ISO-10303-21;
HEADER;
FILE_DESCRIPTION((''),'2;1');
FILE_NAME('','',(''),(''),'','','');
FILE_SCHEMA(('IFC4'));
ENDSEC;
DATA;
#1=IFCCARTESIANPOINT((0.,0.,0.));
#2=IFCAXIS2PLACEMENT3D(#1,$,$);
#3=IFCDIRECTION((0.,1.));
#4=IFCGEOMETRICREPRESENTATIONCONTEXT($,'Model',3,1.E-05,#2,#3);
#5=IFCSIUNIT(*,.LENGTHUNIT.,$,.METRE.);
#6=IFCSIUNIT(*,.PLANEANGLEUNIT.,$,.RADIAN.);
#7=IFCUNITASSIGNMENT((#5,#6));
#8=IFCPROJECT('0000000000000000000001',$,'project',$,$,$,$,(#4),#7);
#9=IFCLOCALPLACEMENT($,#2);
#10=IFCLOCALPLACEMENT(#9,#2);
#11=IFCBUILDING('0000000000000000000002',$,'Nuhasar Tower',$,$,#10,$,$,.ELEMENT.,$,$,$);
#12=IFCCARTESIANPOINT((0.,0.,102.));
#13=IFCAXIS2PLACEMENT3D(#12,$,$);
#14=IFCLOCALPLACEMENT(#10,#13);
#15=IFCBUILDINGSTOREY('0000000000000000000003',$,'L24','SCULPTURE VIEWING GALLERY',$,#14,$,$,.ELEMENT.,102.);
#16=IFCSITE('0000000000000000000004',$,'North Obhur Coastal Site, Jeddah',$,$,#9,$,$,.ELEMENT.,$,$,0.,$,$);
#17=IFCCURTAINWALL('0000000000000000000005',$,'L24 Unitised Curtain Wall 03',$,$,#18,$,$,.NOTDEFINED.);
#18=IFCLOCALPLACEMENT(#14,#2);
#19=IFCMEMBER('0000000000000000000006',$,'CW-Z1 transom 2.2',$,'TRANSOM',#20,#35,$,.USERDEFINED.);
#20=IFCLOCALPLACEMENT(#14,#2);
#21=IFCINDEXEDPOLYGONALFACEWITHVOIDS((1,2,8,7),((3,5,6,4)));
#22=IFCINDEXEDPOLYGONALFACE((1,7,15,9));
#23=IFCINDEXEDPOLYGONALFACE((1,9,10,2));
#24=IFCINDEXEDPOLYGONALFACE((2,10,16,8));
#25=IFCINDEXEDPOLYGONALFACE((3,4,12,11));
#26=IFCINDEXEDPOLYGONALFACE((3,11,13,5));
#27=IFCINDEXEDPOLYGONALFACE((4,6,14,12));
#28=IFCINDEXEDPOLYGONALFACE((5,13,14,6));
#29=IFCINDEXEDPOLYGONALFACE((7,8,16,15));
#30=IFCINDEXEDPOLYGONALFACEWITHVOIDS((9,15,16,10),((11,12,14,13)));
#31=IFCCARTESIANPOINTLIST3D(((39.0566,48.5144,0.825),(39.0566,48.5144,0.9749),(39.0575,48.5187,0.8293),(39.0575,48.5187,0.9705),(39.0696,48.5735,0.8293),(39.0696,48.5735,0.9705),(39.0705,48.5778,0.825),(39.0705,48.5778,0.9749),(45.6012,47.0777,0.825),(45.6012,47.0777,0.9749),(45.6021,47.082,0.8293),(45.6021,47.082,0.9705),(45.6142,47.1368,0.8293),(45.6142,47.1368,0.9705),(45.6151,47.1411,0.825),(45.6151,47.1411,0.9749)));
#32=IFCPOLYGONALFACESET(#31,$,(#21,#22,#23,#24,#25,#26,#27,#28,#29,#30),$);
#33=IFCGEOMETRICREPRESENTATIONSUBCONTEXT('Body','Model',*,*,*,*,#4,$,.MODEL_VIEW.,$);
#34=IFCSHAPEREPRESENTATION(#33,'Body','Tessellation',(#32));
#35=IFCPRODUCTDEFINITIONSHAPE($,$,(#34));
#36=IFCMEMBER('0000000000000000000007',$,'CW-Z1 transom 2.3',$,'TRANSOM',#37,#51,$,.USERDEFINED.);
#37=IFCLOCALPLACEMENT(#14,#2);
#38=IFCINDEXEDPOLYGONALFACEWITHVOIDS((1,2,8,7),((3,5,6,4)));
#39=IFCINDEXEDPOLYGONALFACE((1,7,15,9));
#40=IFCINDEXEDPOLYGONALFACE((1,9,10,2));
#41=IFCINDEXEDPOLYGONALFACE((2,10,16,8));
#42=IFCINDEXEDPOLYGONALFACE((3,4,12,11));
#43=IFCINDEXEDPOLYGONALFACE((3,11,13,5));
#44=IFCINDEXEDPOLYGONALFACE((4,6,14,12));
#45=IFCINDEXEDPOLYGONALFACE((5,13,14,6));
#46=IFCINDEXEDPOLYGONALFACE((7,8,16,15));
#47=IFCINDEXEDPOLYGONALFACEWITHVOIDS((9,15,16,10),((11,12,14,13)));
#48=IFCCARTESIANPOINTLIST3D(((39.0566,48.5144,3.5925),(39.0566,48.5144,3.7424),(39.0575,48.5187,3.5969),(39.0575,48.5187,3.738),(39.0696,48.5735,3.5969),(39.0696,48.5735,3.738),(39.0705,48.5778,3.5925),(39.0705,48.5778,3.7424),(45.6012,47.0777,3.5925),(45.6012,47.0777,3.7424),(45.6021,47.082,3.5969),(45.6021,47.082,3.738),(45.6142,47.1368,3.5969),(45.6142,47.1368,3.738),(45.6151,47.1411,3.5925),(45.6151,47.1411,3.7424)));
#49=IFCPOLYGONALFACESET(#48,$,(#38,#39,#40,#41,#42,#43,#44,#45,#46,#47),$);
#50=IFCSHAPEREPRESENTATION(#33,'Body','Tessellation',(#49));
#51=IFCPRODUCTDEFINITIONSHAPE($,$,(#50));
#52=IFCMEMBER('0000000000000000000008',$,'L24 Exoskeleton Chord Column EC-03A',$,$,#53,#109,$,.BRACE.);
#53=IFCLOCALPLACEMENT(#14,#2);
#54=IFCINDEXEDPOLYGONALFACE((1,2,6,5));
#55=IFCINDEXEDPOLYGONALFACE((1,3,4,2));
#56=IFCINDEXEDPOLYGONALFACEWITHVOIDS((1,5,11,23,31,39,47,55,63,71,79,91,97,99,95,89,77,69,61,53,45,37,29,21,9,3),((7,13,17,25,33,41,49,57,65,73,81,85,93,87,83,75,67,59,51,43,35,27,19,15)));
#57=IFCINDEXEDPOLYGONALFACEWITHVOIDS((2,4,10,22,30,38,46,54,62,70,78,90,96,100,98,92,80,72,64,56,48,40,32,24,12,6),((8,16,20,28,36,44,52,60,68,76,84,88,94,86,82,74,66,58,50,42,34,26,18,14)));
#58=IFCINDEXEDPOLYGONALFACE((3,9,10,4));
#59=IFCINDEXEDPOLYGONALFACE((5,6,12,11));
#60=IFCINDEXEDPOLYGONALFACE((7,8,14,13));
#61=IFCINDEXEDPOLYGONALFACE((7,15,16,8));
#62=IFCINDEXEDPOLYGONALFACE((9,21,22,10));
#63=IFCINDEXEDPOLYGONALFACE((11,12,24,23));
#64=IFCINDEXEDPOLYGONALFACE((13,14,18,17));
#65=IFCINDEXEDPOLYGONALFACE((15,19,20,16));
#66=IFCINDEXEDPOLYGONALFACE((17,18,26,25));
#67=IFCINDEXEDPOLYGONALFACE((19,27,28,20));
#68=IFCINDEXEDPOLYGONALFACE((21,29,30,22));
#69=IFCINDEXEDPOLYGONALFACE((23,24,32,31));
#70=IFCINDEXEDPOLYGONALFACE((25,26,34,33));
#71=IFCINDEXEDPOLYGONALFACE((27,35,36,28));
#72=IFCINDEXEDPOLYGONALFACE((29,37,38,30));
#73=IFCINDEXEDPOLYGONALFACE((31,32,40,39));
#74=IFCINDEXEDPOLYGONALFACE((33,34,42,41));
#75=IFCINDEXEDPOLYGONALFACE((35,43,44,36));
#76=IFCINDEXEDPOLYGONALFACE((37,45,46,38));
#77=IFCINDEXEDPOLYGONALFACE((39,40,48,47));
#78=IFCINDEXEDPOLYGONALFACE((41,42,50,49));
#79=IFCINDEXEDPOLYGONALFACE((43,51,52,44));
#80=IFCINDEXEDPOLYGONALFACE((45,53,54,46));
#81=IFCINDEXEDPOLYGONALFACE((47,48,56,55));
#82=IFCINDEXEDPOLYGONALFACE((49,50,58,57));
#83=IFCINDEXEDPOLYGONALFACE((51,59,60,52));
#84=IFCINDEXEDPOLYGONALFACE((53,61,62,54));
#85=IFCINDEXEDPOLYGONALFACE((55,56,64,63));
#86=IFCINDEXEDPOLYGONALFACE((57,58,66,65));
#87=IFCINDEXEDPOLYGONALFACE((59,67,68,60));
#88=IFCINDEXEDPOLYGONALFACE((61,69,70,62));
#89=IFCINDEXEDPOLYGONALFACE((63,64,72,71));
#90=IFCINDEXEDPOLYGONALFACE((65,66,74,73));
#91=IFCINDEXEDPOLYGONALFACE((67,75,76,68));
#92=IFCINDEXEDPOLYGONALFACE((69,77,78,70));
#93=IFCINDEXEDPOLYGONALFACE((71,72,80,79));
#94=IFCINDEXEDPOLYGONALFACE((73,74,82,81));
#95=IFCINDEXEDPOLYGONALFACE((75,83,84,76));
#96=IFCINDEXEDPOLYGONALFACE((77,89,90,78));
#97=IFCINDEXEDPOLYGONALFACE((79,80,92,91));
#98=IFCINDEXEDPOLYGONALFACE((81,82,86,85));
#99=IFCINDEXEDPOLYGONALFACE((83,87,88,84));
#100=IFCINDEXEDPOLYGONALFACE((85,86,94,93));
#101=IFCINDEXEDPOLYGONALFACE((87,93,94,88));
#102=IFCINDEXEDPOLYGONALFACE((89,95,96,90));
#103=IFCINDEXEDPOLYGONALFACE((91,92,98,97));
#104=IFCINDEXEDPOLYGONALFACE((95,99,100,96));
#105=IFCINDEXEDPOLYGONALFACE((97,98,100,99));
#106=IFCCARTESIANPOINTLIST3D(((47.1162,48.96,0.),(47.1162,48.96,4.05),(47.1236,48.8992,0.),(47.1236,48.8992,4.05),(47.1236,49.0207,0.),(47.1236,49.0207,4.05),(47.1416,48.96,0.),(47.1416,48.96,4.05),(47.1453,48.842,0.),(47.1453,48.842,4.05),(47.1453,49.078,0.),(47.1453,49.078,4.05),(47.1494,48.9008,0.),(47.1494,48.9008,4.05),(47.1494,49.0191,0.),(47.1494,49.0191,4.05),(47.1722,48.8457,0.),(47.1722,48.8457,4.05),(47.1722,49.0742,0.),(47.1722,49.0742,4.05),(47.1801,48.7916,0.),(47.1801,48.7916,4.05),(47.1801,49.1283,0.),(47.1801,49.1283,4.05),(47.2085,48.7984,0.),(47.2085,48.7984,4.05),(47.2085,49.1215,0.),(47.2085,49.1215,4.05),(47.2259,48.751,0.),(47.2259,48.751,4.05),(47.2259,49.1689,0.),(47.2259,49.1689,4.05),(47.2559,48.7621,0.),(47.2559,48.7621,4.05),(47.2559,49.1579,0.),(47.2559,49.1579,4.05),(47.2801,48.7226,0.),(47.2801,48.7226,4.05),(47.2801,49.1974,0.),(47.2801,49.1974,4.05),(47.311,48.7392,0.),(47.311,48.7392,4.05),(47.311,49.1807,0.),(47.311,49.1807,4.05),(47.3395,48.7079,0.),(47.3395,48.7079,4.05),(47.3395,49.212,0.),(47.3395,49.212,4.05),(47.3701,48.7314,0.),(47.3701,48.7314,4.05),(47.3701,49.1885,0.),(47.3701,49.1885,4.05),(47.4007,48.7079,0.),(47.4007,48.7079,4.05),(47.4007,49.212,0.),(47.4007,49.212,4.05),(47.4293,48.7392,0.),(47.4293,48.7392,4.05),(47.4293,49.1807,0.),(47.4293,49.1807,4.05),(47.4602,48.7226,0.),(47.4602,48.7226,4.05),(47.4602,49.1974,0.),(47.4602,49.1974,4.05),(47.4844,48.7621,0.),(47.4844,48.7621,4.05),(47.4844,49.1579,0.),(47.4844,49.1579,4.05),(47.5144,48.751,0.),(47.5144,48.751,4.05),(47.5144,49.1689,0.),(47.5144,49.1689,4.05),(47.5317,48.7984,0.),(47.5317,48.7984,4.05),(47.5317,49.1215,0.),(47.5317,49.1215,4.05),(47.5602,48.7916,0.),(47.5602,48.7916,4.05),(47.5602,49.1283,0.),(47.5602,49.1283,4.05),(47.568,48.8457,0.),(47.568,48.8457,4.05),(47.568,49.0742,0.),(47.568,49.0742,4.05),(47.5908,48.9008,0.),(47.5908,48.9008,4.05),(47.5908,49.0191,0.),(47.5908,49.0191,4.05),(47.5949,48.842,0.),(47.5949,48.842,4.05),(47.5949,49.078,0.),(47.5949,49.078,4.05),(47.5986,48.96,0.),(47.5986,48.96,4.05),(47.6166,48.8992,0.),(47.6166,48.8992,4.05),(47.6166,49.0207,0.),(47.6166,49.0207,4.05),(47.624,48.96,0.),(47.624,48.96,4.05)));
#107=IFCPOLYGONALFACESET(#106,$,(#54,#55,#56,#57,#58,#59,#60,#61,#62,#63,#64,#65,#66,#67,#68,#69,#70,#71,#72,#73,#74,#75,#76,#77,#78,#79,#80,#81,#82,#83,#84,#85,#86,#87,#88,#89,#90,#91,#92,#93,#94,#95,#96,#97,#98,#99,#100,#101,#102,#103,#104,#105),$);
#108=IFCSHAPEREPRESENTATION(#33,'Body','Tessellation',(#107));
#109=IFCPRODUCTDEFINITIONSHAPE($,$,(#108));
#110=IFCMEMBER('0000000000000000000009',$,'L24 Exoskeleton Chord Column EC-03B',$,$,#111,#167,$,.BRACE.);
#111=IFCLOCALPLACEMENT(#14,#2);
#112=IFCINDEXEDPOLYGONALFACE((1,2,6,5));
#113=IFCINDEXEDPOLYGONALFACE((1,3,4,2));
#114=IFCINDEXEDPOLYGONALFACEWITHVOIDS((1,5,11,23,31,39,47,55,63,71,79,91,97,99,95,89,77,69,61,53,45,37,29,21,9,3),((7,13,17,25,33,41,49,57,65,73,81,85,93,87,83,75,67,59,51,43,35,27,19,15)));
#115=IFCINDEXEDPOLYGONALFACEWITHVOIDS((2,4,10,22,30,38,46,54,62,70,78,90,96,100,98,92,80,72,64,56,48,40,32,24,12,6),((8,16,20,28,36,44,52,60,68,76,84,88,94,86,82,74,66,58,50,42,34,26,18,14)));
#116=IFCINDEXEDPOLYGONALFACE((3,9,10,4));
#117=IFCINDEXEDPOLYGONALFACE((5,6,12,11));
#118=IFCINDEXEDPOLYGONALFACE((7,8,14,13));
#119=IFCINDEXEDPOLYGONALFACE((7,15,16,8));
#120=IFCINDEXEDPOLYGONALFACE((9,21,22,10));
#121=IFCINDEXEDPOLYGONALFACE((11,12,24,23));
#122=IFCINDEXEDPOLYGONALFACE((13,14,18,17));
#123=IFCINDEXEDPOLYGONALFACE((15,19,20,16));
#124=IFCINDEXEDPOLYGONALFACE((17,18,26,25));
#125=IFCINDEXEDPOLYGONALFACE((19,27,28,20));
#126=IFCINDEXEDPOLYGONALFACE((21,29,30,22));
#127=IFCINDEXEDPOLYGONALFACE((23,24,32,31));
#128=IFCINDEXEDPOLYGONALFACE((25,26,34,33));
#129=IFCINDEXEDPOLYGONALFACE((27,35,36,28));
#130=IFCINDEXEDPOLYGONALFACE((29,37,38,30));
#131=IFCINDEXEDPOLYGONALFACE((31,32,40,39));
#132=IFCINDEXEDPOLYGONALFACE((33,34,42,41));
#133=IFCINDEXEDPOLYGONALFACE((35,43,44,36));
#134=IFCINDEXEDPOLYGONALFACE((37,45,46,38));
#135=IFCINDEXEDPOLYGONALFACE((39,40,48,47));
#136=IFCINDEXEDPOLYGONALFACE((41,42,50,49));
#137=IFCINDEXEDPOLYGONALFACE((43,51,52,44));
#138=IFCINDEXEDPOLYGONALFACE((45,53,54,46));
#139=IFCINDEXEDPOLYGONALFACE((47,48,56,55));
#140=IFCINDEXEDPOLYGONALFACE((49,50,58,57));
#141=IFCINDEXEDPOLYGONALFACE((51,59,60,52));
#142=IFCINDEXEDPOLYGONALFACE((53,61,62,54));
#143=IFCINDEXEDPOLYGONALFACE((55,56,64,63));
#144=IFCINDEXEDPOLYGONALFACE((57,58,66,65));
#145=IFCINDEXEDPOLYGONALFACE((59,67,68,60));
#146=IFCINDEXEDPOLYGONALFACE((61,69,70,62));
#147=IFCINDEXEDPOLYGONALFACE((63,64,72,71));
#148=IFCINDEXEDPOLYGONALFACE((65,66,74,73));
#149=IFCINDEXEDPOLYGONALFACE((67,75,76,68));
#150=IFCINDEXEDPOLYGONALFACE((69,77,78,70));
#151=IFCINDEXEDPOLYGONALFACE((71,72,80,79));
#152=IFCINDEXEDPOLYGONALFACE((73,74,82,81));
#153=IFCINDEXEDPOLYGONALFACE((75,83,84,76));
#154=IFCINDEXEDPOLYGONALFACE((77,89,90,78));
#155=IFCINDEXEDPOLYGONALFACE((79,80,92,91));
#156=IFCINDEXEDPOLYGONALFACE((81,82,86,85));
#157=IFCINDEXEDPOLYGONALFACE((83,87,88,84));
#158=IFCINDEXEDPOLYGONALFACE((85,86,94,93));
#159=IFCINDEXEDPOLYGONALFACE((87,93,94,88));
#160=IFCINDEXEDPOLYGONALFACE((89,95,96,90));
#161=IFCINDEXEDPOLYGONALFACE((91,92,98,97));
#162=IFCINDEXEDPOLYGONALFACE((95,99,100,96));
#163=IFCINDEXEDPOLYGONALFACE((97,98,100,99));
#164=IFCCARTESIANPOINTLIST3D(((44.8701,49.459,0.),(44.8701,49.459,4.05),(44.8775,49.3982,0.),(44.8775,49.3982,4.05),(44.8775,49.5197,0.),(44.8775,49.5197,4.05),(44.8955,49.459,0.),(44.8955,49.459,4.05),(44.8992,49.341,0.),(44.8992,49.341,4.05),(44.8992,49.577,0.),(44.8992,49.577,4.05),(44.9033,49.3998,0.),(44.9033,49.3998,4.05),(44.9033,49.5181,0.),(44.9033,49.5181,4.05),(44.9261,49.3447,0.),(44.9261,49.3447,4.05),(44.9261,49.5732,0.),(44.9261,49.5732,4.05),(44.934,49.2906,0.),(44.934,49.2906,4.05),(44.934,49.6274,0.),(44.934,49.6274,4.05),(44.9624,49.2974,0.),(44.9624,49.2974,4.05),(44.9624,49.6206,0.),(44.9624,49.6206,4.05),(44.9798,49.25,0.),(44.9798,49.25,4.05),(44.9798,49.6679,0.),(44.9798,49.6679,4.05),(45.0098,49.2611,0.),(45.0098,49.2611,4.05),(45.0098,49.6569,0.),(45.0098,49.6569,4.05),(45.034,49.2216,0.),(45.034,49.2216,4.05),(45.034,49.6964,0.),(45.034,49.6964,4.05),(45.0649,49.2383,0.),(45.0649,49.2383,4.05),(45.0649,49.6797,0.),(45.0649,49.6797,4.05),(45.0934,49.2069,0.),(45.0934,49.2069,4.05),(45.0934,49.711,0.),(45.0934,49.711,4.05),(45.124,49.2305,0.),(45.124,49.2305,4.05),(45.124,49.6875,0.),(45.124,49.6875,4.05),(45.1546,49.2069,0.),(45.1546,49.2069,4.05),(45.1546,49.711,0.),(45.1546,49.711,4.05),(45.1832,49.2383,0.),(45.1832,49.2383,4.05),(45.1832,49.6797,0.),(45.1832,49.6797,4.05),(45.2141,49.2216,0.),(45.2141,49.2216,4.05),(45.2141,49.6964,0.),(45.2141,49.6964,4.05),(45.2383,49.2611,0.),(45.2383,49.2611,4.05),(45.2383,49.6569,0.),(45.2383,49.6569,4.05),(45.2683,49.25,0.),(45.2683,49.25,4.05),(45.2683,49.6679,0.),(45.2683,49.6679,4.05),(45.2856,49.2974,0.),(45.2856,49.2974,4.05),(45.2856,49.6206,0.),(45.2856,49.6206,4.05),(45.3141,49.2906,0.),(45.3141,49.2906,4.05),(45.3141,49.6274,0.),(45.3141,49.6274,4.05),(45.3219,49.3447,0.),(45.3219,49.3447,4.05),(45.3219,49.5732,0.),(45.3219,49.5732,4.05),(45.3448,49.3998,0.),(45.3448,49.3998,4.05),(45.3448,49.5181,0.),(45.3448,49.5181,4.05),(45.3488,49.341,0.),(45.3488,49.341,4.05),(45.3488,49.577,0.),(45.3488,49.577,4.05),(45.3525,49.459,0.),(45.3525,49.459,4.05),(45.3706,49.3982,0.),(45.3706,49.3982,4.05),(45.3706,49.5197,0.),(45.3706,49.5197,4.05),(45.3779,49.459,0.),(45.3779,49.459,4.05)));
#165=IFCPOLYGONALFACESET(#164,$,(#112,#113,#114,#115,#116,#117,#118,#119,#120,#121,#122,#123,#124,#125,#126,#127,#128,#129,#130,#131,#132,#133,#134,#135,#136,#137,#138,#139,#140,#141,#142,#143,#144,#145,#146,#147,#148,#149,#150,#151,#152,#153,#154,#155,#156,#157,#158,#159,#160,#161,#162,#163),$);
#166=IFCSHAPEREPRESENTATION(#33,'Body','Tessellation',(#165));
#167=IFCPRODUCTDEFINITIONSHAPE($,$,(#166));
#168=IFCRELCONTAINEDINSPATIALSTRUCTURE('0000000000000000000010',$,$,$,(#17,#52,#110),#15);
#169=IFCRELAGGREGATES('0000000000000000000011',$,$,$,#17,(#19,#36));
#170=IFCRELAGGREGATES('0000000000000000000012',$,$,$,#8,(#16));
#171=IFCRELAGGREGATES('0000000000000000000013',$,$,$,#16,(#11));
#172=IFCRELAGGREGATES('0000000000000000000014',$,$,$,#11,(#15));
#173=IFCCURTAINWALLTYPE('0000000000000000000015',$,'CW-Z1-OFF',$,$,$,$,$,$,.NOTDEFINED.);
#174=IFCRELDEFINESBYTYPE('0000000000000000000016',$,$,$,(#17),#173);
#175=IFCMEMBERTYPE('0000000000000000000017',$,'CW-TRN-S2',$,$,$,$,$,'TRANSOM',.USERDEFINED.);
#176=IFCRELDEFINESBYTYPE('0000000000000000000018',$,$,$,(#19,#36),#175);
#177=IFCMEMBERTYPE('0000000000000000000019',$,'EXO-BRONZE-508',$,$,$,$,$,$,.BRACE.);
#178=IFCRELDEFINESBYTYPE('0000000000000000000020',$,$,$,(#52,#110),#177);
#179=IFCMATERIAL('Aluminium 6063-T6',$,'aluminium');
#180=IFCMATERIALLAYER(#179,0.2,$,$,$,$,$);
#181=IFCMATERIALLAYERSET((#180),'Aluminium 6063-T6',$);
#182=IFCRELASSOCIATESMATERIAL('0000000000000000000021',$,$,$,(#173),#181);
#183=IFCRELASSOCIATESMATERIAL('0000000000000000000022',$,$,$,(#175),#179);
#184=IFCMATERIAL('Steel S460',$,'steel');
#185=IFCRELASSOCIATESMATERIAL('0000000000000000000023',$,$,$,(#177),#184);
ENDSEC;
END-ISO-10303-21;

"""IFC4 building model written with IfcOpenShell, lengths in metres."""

from ifc_helpers import new_model, si_unit, direction, frame, origin, origin_2d, place, context, subcontext, project, spatial, hollow_rectangle, hollow_circle, extrude, material, layer, layer_set, material_profile, profile_set, type_object, element, aggregate, save


model = new_model("IFC4")

# Units and contexts
model_context = context("Model", 3, precision=1e-05, world=origin(), true_north=direction((0.0, 1.0)))
body_context = subcontext(model_context, "Body", "Model", "MODEL_VIEW")
ifc_project = project(units=[si_unit("LENGTHUNIT", "METRE"), si_unit("PLANEANGLEUNIT", "RADIAN")], contexts=[model_context])

# Site, building, storey
site_placement = place(None, origin())
site = spatial("IfcSite", under=ifc_project, at=site_placement, Name="North Obhur Coastal Site, Jeddah", CompositionType="ELEMENT", RefElevation=0.0)
building_placement = place(site_placement, origin())
building = spatial("IfcBuilding", under=site, at=building_placement, Name="Nuhasar Tower", CompositionType="ELEMENT")
storey_placement = place(building_placement, frame((0.0, 0.0, 102.0)))
storey = spatial("IfcBuildingStorey", under=building, at=storey_placement, Name="L24", Description="SCULPTURE VIEWING GALLERY", CompositionType="ELEMENT", Elevation=102.0)

# Curtain wall, members
ifc_material_1 = material(Name="Aluminium 6063-T6", Category="aluminium")
ifc_layer_1 = layer(ifc_material_1, 0.2)
ifc_layer_set_1 = layer_set([ifc_layer_1], Name="Aluminium 6063-T6")
curtain_wall_type = type_object("IfcCurtainWallType", Name="CW-Z1-OFF", PredefinedType="NOTDEFINED", material=ifc_layer_set_1)
curtain_wall_placement = place(storey_placement, origin())
curtain_wall = element("IfcCurtainWall", 1, at=curtain_wall_placement, inside=storey, type_object=curtain_wall_type, Name="L24 Unitised Curtain Wall 03", PredefinedType="NOTDEFINED")
ifc_material_profile_1 = material_profile(ifc_material_1, hollow_rectangle(XDim=0.0649, YDim=0.1499, WallThickness=0.0044, at=origin_2d()), Name="CWT-2")
ifc_profile_set_1 = profile_set([ifc_material_profile_1], Name="Aluminium 6063-T6")
member_type_1 = type_object("IfcMemberType", Name="CW-TRN-S2", ElementType="TRANSOM", PredefinedType="USERDEFINED", material=ifc_profile_set_1)
member_1_placement = place(storey_placement, frame((45.6082, 47.1094, 0.8999), z_axis=(-0.97674, 0.214426, 0.0), x_axis=(-0.214426, -0.97674, 0.0)))
member_1 = element("IfcMember", 2, at=member_1_placement, type_object=member_type_1, Name="CW-Z1 transom 2.2", ObjectType="TRANSOM", PredefinedType="USERDEFINED", context=body_context, shape_type="SweptSolid", body=[
    extrude(hollow_rectangle(XDim=0.0649, YDim=0.1499, WallThickness=0.0044, at=origin_2d()), origin(), (0.0, 0.0, 1.0), 6.7004),
])
member_2_placement = place(storey_placement, frame((45.6082, 47.1094, 3.6675), z_axis=(-0.97674, 0.214426, 0.0), x_axis=(-0.214426, -0.97674, 0.0)))
member_2 = element("IfcMember", 3, at=member_2_placement, type_object=member_type_1, Name="CW-Z1 transom 2.3", ObjectType="TRANSOM", PredefinedType="USERDEFINED", context=body_context, shape_type="SweptSolid", body=[
    extrude(hollow_rectangle(XDim=0.0649, YDim=0.1499, WallThickness=0.0044, at=origin_2d()), origin(), (0.0, 0.0, 1.0), 6.7004),
])

# Members
ifc_material_2 = material(Name="Steel S460", Category="steel")
ifc_material_profile_2 = material_profile(ifc_material_2, hollow_circle(Radius=0.2539, WallThickness=0.0254, at=origin_2d()), Name="HSS508X25.4")
ifc_profile_set_2 = profile_set([ifc_material_profile_2], Name="Steel S460")
member_type_2 = type_object("IfcMemberType", Name="EXO-BRONZE-508", PredefinedType="BRACE", material=ifc_profile_set_2)
for number, where, z_axis, x_axis, name in (
    (4, (47.3701, 48.96, 0.0), (0.0, 0.0, 1.0), (1.0, 0.0, 0.0), "L24 Exoskeleton Chord Column EC-03A"),
    (5, (45.124, 49.459, 0.0), (0.0, 0.0, 1.0), (1.0, 0.0, 0.0), "L24 Exoskeleton Chord Column EC-03B"),
):
    element("IfcMember", number, at=place(storey_placement, frame(where, z_axis=z_axis, x_axis=x_axis)), inside=storey, type_object=member_type_2, Name=name, PredefinedType="BRACE", context=body_context, shape_type="SweptSolid", body=[
        extrude(hollow_circle(Radius=0.2539, WallThickness=0.0254, at=origin_2d()), origin(), (0.0, 0.0, 1.0), 4.05),
    ])

aggregate(curtain_wall, [member_1, member_2])

save(model, "model.ifc")
